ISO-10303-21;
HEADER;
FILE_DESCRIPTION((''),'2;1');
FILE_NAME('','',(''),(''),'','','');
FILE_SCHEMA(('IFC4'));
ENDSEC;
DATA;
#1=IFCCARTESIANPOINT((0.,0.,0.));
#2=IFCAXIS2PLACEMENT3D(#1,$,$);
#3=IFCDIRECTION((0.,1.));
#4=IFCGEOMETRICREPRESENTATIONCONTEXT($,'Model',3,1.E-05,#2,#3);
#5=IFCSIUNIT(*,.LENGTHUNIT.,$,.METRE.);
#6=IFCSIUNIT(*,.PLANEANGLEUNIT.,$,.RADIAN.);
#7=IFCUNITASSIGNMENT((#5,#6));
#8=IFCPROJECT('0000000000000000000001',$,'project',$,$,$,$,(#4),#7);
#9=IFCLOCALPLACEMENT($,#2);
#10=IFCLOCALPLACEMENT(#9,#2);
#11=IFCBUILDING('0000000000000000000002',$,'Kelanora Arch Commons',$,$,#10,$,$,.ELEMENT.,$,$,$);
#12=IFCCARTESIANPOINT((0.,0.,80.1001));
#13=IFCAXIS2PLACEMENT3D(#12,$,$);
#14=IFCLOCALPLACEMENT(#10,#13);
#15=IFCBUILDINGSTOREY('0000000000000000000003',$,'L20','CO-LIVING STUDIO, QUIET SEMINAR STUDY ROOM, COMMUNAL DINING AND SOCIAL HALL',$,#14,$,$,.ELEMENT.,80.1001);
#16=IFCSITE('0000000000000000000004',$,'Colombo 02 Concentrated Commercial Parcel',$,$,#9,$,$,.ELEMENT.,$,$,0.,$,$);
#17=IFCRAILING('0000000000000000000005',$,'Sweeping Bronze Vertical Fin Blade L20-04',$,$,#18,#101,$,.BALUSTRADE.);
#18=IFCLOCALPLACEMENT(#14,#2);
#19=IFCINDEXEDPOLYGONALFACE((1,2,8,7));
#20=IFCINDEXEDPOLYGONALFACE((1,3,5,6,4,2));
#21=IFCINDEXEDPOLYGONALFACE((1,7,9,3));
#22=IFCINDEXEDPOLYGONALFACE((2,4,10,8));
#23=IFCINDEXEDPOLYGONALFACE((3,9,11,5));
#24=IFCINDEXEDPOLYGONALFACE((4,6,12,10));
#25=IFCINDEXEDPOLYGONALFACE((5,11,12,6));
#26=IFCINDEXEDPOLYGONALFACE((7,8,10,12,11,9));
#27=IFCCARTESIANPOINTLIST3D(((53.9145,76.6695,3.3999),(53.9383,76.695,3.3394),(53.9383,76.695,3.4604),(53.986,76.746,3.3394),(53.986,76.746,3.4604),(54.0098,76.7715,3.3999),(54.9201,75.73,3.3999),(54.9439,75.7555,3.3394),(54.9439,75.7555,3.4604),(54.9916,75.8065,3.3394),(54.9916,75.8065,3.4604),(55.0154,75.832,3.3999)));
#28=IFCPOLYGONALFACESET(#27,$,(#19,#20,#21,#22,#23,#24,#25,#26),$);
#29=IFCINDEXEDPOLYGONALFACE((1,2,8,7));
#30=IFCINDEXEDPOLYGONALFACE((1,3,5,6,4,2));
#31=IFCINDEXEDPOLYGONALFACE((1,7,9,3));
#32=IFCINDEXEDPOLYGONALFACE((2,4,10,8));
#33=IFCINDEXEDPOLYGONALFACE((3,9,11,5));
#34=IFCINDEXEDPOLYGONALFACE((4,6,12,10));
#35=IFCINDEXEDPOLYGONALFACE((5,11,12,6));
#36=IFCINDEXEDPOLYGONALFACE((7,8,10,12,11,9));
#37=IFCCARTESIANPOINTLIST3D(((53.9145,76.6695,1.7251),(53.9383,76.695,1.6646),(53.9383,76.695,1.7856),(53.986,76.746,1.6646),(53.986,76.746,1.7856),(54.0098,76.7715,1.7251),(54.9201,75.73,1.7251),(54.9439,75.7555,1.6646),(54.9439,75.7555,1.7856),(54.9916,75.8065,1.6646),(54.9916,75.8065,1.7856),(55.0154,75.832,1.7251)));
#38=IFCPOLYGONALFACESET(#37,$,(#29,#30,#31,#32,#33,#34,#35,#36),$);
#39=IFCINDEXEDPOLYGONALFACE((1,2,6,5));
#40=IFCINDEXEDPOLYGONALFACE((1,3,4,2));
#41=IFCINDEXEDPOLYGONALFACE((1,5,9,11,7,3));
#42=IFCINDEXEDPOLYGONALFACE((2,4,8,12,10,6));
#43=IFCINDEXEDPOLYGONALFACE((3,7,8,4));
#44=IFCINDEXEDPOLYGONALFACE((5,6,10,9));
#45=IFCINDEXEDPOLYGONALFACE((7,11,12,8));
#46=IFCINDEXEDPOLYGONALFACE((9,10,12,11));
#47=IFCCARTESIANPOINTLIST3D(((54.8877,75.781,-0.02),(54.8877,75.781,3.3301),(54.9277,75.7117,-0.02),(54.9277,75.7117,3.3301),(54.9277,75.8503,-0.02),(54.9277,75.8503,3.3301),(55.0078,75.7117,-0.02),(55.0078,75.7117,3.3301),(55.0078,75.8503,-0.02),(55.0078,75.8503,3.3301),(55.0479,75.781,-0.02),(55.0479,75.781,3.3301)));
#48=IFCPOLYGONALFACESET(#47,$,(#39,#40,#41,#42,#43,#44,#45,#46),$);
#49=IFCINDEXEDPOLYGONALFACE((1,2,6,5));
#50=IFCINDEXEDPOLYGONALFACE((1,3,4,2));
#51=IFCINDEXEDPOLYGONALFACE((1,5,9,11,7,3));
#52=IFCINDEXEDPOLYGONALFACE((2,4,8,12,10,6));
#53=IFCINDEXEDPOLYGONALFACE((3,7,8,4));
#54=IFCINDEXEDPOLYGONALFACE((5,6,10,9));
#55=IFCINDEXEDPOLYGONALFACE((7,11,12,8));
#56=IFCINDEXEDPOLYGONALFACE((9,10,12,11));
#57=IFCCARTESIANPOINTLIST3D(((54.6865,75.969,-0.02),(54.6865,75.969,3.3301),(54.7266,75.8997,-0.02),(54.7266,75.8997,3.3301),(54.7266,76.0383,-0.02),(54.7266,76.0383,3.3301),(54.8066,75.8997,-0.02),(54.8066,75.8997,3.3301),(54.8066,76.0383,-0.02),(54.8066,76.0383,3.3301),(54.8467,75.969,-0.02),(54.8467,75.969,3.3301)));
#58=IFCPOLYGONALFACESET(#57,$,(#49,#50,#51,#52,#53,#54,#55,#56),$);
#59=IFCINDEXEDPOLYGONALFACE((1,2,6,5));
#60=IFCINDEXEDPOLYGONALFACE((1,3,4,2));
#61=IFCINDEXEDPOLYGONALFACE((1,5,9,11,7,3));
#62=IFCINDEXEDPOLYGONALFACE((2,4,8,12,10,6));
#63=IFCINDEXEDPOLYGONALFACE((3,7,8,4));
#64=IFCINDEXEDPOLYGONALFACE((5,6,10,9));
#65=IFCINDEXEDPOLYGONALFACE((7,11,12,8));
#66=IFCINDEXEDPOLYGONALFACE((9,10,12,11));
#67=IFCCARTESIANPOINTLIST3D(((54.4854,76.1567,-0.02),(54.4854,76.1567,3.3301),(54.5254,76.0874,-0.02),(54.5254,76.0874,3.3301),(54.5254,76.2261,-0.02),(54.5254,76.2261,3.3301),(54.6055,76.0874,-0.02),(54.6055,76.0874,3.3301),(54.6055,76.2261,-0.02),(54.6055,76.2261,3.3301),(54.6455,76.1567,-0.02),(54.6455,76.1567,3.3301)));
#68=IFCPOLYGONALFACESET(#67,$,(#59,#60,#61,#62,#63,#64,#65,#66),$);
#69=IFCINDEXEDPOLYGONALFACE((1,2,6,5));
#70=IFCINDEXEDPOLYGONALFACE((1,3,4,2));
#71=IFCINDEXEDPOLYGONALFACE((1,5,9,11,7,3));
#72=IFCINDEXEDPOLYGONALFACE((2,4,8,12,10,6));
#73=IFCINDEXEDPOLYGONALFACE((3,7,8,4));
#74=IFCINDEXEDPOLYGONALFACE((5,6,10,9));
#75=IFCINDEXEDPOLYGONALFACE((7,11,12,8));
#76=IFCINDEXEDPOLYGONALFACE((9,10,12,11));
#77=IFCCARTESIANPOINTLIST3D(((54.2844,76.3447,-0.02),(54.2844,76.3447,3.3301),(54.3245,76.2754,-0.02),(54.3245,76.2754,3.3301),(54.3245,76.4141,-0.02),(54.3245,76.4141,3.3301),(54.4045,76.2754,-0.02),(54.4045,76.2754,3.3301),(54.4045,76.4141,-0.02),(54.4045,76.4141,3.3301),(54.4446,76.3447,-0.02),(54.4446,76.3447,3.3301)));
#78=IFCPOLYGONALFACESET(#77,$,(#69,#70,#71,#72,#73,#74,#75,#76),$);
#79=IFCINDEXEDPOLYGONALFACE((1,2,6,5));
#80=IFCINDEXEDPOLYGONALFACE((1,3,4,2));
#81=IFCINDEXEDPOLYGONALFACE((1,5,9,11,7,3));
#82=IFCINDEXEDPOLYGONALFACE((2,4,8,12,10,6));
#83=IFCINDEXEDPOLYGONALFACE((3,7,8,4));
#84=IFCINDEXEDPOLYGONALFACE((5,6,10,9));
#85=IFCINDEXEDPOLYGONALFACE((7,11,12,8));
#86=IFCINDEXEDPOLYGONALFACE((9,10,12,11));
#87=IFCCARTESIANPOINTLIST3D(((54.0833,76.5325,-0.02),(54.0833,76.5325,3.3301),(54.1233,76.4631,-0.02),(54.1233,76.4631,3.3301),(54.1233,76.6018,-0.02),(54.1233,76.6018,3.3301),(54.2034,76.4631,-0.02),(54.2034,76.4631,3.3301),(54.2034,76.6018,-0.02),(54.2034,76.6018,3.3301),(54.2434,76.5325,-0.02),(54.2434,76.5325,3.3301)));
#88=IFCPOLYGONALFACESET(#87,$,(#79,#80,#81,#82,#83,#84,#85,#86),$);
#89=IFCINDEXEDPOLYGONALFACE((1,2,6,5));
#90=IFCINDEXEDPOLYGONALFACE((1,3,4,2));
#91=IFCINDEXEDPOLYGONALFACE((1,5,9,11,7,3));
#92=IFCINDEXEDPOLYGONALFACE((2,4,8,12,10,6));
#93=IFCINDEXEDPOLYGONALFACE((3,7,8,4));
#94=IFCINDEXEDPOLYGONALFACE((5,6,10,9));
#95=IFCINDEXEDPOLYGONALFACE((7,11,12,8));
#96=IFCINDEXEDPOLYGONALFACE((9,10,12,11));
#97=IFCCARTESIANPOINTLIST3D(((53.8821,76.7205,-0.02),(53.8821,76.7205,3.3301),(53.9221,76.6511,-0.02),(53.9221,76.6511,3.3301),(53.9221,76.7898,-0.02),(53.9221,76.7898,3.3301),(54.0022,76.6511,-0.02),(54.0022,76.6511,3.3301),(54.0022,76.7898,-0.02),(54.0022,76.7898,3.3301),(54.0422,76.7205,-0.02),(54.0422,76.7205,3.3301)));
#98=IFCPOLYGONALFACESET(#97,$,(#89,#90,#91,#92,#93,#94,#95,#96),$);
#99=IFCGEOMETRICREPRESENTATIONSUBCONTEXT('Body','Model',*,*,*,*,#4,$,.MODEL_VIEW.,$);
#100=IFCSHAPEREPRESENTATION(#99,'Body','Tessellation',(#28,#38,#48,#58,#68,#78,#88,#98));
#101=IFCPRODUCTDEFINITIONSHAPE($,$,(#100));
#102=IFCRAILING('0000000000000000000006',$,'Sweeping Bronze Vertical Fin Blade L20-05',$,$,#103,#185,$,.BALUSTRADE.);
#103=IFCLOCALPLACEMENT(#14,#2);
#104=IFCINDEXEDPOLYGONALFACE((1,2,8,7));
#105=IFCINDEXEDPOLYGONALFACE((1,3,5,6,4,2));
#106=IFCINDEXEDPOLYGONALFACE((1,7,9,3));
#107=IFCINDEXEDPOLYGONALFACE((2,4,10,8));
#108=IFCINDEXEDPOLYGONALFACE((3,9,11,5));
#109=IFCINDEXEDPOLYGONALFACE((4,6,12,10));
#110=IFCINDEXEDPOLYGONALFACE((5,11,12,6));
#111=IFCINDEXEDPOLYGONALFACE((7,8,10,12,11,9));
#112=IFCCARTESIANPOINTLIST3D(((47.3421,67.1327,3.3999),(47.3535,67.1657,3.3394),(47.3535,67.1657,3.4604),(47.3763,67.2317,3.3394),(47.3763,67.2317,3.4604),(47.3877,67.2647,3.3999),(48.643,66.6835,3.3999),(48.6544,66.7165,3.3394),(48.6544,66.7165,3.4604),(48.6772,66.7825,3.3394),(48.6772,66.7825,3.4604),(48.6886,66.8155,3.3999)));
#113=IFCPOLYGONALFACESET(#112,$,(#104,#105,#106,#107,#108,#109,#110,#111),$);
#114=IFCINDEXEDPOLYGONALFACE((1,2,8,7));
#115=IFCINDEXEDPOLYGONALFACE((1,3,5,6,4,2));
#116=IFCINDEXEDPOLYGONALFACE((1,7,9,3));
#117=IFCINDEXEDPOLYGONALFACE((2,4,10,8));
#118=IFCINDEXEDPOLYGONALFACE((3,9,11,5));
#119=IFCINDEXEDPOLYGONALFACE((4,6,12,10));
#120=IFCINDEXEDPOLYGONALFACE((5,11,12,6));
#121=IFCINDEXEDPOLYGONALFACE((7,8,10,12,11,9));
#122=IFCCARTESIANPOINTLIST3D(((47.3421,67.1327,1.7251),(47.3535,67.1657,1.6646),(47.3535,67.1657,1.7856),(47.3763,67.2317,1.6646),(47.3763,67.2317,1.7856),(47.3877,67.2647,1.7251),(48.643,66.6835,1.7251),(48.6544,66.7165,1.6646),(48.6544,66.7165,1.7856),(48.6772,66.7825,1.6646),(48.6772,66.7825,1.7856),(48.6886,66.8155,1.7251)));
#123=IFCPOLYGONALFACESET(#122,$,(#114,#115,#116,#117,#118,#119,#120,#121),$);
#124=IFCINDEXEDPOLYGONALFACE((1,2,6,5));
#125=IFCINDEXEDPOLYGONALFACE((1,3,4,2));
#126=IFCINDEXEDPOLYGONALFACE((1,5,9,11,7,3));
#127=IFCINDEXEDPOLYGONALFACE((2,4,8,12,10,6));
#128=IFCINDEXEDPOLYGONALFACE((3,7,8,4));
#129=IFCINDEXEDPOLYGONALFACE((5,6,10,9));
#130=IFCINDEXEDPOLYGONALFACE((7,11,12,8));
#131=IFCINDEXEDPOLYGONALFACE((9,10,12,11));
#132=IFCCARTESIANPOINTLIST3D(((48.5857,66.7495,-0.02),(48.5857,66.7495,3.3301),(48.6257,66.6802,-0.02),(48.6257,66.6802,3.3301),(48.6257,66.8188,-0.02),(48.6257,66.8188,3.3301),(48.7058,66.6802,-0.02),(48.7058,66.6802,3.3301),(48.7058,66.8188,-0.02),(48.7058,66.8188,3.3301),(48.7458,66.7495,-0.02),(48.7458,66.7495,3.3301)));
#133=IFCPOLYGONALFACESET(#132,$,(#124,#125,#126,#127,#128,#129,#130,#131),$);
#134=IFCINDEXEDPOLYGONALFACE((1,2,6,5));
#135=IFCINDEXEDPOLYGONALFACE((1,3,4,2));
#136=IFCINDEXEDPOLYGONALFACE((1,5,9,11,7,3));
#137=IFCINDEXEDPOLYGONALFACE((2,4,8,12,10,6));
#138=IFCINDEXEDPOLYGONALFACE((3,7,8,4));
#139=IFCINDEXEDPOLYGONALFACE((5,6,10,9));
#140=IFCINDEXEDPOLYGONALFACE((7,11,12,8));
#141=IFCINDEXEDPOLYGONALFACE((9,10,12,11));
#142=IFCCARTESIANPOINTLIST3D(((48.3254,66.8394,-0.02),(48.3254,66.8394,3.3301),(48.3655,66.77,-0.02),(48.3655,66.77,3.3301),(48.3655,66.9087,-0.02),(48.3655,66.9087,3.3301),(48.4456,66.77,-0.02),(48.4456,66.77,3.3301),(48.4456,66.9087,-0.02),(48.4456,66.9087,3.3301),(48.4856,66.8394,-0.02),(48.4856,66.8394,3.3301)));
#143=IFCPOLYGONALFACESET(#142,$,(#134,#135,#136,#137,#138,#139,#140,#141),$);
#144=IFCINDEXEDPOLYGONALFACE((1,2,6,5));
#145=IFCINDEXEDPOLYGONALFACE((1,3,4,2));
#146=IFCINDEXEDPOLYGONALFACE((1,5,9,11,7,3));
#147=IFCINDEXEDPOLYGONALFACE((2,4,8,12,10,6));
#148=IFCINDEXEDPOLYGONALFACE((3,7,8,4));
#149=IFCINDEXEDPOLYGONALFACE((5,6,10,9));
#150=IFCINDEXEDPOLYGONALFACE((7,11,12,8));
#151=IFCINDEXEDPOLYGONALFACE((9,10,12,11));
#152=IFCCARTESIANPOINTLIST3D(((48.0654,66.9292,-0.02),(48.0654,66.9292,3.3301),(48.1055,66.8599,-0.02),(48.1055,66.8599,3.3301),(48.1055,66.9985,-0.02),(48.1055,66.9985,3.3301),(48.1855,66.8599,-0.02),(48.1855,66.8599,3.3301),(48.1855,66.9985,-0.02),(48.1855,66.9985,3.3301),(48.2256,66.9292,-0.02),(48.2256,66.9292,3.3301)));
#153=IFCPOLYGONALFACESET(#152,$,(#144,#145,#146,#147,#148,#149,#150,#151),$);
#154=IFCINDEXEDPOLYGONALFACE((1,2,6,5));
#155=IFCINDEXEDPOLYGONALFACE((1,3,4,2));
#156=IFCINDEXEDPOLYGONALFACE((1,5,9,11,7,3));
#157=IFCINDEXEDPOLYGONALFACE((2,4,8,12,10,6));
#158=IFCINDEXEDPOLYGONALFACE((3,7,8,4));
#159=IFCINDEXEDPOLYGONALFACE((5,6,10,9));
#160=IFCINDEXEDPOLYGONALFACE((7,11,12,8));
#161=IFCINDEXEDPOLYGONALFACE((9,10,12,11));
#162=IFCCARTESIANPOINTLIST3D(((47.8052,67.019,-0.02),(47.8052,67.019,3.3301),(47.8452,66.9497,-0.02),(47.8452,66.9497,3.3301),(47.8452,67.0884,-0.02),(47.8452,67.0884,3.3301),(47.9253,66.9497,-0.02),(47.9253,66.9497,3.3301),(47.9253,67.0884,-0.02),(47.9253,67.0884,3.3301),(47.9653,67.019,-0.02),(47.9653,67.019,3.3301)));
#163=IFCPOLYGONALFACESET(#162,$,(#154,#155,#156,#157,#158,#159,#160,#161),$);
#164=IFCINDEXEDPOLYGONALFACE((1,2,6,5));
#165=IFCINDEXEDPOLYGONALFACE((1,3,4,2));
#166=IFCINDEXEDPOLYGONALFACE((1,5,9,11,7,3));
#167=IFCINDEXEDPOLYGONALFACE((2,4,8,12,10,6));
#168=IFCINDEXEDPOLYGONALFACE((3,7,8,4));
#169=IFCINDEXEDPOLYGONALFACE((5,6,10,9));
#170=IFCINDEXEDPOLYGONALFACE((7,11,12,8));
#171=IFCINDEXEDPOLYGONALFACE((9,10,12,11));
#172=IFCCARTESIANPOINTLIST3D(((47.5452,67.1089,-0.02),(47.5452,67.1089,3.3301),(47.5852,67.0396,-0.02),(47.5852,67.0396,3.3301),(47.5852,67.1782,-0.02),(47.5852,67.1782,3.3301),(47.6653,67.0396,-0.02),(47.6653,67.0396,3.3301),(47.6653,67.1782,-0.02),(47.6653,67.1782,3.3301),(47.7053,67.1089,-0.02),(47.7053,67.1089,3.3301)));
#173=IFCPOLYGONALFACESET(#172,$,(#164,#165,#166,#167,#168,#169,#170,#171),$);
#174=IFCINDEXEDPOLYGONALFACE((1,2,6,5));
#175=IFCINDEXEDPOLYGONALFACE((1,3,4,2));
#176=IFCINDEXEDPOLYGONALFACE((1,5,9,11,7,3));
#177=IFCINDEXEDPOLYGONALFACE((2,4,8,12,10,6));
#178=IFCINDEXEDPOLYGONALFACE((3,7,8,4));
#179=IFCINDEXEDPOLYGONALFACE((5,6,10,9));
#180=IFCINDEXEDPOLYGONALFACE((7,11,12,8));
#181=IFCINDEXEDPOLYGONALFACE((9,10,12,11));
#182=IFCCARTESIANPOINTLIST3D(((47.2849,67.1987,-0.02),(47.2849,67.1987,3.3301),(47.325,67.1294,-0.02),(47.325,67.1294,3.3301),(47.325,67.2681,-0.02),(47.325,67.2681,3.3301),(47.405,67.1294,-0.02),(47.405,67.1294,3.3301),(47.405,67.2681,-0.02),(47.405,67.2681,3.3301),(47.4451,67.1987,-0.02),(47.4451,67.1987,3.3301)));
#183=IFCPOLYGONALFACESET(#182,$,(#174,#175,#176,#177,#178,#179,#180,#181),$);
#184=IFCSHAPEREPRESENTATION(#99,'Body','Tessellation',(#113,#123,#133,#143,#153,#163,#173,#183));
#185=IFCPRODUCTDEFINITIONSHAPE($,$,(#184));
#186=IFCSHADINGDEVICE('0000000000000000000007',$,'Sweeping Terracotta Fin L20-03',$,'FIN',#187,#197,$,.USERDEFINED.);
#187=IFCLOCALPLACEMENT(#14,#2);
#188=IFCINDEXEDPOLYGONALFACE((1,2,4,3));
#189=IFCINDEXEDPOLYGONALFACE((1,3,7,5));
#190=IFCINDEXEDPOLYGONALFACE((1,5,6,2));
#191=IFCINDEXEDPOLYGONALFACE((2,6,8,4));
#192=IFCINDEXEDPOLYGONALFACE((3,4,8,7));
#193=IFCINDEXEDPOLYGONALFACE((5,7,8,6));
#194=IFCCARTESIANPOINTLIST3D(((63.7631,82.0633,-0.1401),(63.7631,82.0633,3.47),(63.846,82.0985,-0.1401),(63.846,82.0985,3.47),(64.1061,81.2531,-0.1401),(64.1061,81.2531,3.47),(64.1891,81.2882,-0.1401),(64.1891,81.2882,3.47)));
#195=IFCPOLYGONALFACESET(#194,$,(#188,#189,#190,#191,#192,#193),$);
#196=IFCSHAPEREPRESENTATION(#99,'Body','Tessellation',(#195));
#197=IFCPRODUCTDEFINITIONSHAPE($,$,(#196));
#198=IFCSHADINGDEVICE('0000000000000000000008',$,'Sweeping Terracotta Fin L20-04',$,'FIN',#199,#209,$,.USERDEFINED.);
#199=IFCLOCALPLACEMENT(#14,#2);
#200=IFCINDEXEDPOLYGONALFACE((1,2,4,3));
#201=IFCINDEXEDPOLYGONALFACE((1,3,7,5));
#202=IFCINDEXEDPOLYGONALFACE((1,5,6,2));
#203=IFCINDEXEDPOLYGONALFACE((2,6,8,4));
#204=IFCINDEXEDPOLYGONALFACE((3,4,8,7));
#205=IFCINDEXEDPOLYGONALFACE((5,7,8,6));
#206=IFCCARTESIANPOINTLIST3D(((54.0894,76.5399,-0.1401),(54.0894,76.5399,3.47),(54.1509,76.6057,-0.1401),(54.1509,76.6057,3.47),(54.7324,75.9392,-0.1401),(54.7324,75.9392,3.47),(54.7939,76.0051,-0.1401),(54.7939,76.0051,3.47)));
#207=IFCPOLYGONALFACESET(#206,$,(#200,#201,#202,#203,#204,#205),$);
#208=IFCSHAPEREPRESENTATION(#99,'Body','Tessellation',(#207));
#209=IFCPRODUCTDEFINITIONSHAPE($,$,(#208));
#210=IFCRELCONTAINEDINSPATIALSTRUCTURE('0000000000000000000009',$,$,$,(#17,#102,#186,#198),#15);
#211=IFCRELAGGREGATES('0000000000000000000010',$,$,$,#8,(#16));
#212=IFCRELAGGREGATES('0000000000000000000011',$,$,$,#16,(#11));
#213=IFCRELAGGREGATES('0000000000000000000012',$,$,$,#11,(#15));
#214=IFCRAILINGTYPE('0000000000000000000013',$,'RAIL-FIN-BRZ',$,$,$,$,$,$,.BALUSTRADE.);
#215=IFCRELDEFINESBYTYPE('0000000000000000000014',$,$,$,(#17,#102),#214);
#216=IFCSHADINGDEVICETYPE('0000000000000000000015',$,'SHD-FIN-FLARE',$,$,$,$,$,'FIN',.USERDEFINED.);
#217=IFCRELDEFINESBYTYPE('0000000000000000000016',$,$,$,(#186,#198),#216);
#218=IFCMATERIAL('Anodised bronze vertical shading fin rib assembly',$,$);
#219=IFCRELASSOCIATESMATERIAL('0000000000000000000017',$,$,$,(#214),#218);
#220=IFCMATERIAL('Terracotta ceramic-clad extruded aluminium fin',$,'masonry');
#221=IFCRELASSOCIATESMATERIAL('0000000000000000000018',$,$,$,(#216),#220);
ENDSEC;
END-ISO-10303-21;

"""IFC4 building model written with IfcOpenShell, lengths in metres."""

from ifc_helpers import new_model, si_unit, direction, frame, origin, origin_2d, place, context, subcontext, project, spatial, polyline, rectangle, outline, extrude, source, transform, mapped, material, type_object, element, save


model = new_model("IFC4")

# Units and contexts
model_context = context("Model", 3, precision=1e-05, world=origin(), true_north=direction((0.0, 1.0)))
body_context = subcontext(model_context, "Body", "Model", "MODEL_VIEW")
ifc_project = project(units=[si_unit("LENGTHUNIT", "METRE"), si_unit("PLANEANGLEUNIT", "RADIAN")], contexts=[model_context])

# Site, building, storey
site_placement = place(None, origin())
site = spatial("IfcSite", under=ifc_project, at=site_placement, Name="Colombo 02 Concentrated Commercial Parcel", CompositionType="ELEMENT", RefElevation=0.0)
building_placement = place(site_placement, origin())
building = spatial("IfcBuilding", under=site, at=building_placement, Name="Kelanora Arch Commons", CompositionType="ELEMENT")
storey_placement = place(building_placement, frame((0.0, 0.0, 80.1001)))
storey = spatial("IfcBuildingStorey", under=building, at=storey_placement, Name="L20", Description="CO-LIVING STUDIO, QUIET SEMINAR STUDY ROOM, COMMUNAL DINING AND SOCIAL HALL", CompositionType="ELEMENT", Elevation=80.1001)

# Railings
ifc_material_1 = material(Name="Anodised bronze vertical shading fin rib assembly")
railing_type = type_object("IfcRailingType", Name="RAIL-FIN-BRZ", PredefinedType="BALUSTRADE", material=ifc_material_1)
railing_1_placement = place(storey_placement, frame((54.9678, 75.781, -0.02)))
element("IfcRailing", 1, at=railing_1_placement, inside=storey, type_object=railing_type, Name="Sweeping Bronze Vertical Fin Blade L20-04", PredefinedType="BALUSTRADE", context=body_context, shape_type="SweptSolid", body=[
    extrude(outline(polyline([(0.0698, 0.0), (0.0349, 0.0605), (-0.0349, 0.0605), (-0.0698, 0.0), (-0.0349, -0.0605), (0.0349, -0.0605), (0.0698, 0.0)])), frame((0.0, 0.0, 3.4199), z_axis=(-0.730737, 0.68266, 0.0), x_axis=(-0.68266, -0.730737, 0.0)), (0.0, 0.0, 1.0), 1.3762),
    extrude(outline(polyline([(0.0698, 0.0), (0.0349, 0.0605), (-0.0349, 0.0605), (-0.0698, 0.0), (-0.0349, -0.0605), (0.0349, -0.0605), (0.0698, 0.0)])), frame((0.0, 0.0, 1.7451), z_axis=(-0.730737, 0.68266, 0.0), x_axis=(-0.68266, -0.730737, 0.0)), (0.0, 0.0, 1.0), 1.3762),
    extrude(outline(polyline([(0.0801, 0.0), (0.04, 0.0693), (-0.04, 0.0693), (-0.0801, 0.0), (-0.04, -0.0693), (0.04, -0.0693), (0.0801, 0.0)])), origin(), (0.0, 0.0, 1.0), 3.3501),
    extrude(outline(polyline([(0.0801, 0.0), (0.04, 0.0693), (-0.04, 0.0693), (-0.0801, 0.0), (-0.04, -0.0693), (0.04, -0.0693), (0.0801, 0.0)])), frame((-0.2012, 0.188, 0.0)), (0.0, 0.0, 1.0), 3.3501),
    extrude(outline(polyline([(0.0801, 0.0), (0.04, 0.0693), (-0.04, 0.0693), (-0.0801, 0.0), (-0.04, -0.0693), (0.04, -0.0693), (0.0801, 0.0)])), frame((-0.4023, 0.3757, 0.0)), (0.0, 0.0, 1.0), 3.3501),
    extrude(outline(polyline([(0.0801, 0.0), (0.04, 0.0693), (-0.04, 0.0693), (-0.0801, 0.0), (-0.04, -0.0693), (0.04, -0.0693), (0.0801, 0.0)])), frame((-0.6033, 0.5637, 0.0)), (0.0, 0.0, 1.0), 3.3501),
    extrude(outline(polyline([(0.0801, 0.0), (0.04, 0.0693), (-0.04, 0.0693), (-0.0801, 0.0), (-0.04, -0.0693), (0.04, -0.0693), (0.0801, 0.0)])), frame((-0.8044, 0.7515, 0.0)), (0.0, 0.0, 1.0), 3.3501),
    extrude(outline(polyline([(0.0801, 0.0), (0.04, 0.0693), (-0.04, 0.0693), (-0.0801, 0.0), (-0.04, -0.0693), (0.04, -0.0693), (0.0801, 0.0)])), frame((-1.0056, 0.9395, 0.0)), (0.0, 0.0, 1.0), 3.3501),
])
railing_2_placement = place(storey_placement, frame((48.6658, 66.7495, -0.02)))
element("IfcRailing", 2, at=railing_2_placement, inside=storey, type_object=railing_type, Name="Sweeping Bronze Vertical Fin Blade L20-05", PredefinedType="BALUSTRADE", context=body_context, shape_type="SweptSolid", body=[
    extrude(outline(polyline([(0.0698, 0.0), (0.0349, 0.0605), (-0.0349, 0.0605), (-0.0698, 0.0), (-0.0349, -0.0605), (0.0349, -0.0605), (0.0698, 0.0)])), frame((0.0, 0.0, 3.4199), z_axis=(-0.945222, 0.326428, 0.0), x_axis=(-0.326428, -0.945222, 0.0)), (0.0, 0.0, 1.0), 1.3762),
    extrude(outline(polyline([(0.0698, 0.0), (0.0349, 0.0605), (-0.0349, 0.0605), (-0.0698, 0.0), (-0.0349, -0.0605), (0.0349, -0.0605), (0.0698, 0.0)])), frame((0.0, 0.0, 1.7451), z_axis=(-0.945222, 0.326428, 0.0), x_axis=(-0.326428, -0.945222, 0.0)), (0.0, 0.0, 1.0), 1.3762),
    extrude(outline(polyline([(0.0801, 0.0), (0.04, 0.0693), (-0.04, 0.0693), (-0.0801, 0.0), (-0.04, -0.0693), (0.04, -0.0693), (0.0801, 0.0)])), origin(), (0.0, 0.0, 1.0), 3.3501),
    extrude(outline(polyline([(0.0801, 0.0), (0.04, 0.0693), (-0.04, 0.0693), (-0.0801, 0.0), (-0.04, -0.0693), (0.04, -0.0693), (0.0801, 0.0)])), frame((-0.2603, 0.0898, 0.0)), (0.0, 0.0, 1.0), 3.3501),
    extrude(outline(polyline([(0.0801, 0.0), (0.04, 0.0693), (-0.04, 0.0693), (-0.0801, 0.0), (-0.04, -0.0693), (0.04, -0.0693), (0.0801, 0.0)])), frame((-0.5203, 0.1797, 0.0)), (0.0, 0.0, 1.0), 3.3501),
    extrude(outline(polyline([(0.0801, 0.0), (0.04, 0.0693), (-0.04, 0.0693), (-0.0801, 0.0), (-0.04, -0.0693), (0.04, -0.0693), (0.0801, 0.0)])), frame((-0.7805, 0.2695, 0.0)), (0.0, 0.0, 1.0), 3.3501),
    extrude(outline(polyline([(0.0801, 0.0), (0.04, 0.0693), (-0.04, 0.0693), (-0.0801, 0.0), (-0.04, -0.0693), (0.04, -0.0693), (0.0801, 0.0)])), frame((-1.0405, 0.3594, 0.0)), (0.0, 0.0, 1.0), 3.3501),
    extrude(outline(polyline([(0.0801, 0.0), (0.04, 0.0693), (-0.04, 0.0693), (-0.0801, 0.0), (-0.04, -0.0693), (0.04, -0.0693), (0.0801, 0.0)])), frame((-1.3008, 0.4492, 0.0)), (0.0, 0.0, 1.0), 3.3501),
])

# Shading devices
ifc_material_2 = material(Name="Terracotta ceramic-clad extruded aluminium fin", Category="masonry")
shading_device_type = type_object("IfcShadingDeviceType", Name="SHD-FIN-FLARE", ElementType="FIN", PredefinedType="USERDEFINED", material=ifc_material_2)
shared_shape_1 = source(origin(), body_context, "Body", "SweptSolid", [
    extrude(rectangle(XDim=0.8799, YDim=0.0901, at=origin_2d()), origin(), (0.0, 0.0, 1.0), 3.6101),
])
for number, where, z_axis, x_axis, name in (
    (3, (63.9761, 81.6758, -0.1401), (0.0, 0.0, 1.0), (-0.389928, 0.920845, 0.0), "Sweeping Terracotta Fin L20-03"),
    (4, (54.4417, 76.2725, -0.1401), (0.0, 0.0, 1.0), (-0.730758, 0.682636, 0.0), "Sweeping Terracotta Fin L20-04"),
):
    element("IfcShadingDevice", number, at=place(storey_placement, frame(where, z_axis=z_axis, x_axis=x_axis)), inside=storey, type_object=shading_device_type, Name=name, ObjectType="FIN", PredefinedType="USERDEFINED", context=body_context, shape_type="MappedRepresentation", body=[
        mapped(shared_shape_1, transform((0.0, 0.0, 0.0), scale=1.0)),
    ])

save(model, "model.ifc")
